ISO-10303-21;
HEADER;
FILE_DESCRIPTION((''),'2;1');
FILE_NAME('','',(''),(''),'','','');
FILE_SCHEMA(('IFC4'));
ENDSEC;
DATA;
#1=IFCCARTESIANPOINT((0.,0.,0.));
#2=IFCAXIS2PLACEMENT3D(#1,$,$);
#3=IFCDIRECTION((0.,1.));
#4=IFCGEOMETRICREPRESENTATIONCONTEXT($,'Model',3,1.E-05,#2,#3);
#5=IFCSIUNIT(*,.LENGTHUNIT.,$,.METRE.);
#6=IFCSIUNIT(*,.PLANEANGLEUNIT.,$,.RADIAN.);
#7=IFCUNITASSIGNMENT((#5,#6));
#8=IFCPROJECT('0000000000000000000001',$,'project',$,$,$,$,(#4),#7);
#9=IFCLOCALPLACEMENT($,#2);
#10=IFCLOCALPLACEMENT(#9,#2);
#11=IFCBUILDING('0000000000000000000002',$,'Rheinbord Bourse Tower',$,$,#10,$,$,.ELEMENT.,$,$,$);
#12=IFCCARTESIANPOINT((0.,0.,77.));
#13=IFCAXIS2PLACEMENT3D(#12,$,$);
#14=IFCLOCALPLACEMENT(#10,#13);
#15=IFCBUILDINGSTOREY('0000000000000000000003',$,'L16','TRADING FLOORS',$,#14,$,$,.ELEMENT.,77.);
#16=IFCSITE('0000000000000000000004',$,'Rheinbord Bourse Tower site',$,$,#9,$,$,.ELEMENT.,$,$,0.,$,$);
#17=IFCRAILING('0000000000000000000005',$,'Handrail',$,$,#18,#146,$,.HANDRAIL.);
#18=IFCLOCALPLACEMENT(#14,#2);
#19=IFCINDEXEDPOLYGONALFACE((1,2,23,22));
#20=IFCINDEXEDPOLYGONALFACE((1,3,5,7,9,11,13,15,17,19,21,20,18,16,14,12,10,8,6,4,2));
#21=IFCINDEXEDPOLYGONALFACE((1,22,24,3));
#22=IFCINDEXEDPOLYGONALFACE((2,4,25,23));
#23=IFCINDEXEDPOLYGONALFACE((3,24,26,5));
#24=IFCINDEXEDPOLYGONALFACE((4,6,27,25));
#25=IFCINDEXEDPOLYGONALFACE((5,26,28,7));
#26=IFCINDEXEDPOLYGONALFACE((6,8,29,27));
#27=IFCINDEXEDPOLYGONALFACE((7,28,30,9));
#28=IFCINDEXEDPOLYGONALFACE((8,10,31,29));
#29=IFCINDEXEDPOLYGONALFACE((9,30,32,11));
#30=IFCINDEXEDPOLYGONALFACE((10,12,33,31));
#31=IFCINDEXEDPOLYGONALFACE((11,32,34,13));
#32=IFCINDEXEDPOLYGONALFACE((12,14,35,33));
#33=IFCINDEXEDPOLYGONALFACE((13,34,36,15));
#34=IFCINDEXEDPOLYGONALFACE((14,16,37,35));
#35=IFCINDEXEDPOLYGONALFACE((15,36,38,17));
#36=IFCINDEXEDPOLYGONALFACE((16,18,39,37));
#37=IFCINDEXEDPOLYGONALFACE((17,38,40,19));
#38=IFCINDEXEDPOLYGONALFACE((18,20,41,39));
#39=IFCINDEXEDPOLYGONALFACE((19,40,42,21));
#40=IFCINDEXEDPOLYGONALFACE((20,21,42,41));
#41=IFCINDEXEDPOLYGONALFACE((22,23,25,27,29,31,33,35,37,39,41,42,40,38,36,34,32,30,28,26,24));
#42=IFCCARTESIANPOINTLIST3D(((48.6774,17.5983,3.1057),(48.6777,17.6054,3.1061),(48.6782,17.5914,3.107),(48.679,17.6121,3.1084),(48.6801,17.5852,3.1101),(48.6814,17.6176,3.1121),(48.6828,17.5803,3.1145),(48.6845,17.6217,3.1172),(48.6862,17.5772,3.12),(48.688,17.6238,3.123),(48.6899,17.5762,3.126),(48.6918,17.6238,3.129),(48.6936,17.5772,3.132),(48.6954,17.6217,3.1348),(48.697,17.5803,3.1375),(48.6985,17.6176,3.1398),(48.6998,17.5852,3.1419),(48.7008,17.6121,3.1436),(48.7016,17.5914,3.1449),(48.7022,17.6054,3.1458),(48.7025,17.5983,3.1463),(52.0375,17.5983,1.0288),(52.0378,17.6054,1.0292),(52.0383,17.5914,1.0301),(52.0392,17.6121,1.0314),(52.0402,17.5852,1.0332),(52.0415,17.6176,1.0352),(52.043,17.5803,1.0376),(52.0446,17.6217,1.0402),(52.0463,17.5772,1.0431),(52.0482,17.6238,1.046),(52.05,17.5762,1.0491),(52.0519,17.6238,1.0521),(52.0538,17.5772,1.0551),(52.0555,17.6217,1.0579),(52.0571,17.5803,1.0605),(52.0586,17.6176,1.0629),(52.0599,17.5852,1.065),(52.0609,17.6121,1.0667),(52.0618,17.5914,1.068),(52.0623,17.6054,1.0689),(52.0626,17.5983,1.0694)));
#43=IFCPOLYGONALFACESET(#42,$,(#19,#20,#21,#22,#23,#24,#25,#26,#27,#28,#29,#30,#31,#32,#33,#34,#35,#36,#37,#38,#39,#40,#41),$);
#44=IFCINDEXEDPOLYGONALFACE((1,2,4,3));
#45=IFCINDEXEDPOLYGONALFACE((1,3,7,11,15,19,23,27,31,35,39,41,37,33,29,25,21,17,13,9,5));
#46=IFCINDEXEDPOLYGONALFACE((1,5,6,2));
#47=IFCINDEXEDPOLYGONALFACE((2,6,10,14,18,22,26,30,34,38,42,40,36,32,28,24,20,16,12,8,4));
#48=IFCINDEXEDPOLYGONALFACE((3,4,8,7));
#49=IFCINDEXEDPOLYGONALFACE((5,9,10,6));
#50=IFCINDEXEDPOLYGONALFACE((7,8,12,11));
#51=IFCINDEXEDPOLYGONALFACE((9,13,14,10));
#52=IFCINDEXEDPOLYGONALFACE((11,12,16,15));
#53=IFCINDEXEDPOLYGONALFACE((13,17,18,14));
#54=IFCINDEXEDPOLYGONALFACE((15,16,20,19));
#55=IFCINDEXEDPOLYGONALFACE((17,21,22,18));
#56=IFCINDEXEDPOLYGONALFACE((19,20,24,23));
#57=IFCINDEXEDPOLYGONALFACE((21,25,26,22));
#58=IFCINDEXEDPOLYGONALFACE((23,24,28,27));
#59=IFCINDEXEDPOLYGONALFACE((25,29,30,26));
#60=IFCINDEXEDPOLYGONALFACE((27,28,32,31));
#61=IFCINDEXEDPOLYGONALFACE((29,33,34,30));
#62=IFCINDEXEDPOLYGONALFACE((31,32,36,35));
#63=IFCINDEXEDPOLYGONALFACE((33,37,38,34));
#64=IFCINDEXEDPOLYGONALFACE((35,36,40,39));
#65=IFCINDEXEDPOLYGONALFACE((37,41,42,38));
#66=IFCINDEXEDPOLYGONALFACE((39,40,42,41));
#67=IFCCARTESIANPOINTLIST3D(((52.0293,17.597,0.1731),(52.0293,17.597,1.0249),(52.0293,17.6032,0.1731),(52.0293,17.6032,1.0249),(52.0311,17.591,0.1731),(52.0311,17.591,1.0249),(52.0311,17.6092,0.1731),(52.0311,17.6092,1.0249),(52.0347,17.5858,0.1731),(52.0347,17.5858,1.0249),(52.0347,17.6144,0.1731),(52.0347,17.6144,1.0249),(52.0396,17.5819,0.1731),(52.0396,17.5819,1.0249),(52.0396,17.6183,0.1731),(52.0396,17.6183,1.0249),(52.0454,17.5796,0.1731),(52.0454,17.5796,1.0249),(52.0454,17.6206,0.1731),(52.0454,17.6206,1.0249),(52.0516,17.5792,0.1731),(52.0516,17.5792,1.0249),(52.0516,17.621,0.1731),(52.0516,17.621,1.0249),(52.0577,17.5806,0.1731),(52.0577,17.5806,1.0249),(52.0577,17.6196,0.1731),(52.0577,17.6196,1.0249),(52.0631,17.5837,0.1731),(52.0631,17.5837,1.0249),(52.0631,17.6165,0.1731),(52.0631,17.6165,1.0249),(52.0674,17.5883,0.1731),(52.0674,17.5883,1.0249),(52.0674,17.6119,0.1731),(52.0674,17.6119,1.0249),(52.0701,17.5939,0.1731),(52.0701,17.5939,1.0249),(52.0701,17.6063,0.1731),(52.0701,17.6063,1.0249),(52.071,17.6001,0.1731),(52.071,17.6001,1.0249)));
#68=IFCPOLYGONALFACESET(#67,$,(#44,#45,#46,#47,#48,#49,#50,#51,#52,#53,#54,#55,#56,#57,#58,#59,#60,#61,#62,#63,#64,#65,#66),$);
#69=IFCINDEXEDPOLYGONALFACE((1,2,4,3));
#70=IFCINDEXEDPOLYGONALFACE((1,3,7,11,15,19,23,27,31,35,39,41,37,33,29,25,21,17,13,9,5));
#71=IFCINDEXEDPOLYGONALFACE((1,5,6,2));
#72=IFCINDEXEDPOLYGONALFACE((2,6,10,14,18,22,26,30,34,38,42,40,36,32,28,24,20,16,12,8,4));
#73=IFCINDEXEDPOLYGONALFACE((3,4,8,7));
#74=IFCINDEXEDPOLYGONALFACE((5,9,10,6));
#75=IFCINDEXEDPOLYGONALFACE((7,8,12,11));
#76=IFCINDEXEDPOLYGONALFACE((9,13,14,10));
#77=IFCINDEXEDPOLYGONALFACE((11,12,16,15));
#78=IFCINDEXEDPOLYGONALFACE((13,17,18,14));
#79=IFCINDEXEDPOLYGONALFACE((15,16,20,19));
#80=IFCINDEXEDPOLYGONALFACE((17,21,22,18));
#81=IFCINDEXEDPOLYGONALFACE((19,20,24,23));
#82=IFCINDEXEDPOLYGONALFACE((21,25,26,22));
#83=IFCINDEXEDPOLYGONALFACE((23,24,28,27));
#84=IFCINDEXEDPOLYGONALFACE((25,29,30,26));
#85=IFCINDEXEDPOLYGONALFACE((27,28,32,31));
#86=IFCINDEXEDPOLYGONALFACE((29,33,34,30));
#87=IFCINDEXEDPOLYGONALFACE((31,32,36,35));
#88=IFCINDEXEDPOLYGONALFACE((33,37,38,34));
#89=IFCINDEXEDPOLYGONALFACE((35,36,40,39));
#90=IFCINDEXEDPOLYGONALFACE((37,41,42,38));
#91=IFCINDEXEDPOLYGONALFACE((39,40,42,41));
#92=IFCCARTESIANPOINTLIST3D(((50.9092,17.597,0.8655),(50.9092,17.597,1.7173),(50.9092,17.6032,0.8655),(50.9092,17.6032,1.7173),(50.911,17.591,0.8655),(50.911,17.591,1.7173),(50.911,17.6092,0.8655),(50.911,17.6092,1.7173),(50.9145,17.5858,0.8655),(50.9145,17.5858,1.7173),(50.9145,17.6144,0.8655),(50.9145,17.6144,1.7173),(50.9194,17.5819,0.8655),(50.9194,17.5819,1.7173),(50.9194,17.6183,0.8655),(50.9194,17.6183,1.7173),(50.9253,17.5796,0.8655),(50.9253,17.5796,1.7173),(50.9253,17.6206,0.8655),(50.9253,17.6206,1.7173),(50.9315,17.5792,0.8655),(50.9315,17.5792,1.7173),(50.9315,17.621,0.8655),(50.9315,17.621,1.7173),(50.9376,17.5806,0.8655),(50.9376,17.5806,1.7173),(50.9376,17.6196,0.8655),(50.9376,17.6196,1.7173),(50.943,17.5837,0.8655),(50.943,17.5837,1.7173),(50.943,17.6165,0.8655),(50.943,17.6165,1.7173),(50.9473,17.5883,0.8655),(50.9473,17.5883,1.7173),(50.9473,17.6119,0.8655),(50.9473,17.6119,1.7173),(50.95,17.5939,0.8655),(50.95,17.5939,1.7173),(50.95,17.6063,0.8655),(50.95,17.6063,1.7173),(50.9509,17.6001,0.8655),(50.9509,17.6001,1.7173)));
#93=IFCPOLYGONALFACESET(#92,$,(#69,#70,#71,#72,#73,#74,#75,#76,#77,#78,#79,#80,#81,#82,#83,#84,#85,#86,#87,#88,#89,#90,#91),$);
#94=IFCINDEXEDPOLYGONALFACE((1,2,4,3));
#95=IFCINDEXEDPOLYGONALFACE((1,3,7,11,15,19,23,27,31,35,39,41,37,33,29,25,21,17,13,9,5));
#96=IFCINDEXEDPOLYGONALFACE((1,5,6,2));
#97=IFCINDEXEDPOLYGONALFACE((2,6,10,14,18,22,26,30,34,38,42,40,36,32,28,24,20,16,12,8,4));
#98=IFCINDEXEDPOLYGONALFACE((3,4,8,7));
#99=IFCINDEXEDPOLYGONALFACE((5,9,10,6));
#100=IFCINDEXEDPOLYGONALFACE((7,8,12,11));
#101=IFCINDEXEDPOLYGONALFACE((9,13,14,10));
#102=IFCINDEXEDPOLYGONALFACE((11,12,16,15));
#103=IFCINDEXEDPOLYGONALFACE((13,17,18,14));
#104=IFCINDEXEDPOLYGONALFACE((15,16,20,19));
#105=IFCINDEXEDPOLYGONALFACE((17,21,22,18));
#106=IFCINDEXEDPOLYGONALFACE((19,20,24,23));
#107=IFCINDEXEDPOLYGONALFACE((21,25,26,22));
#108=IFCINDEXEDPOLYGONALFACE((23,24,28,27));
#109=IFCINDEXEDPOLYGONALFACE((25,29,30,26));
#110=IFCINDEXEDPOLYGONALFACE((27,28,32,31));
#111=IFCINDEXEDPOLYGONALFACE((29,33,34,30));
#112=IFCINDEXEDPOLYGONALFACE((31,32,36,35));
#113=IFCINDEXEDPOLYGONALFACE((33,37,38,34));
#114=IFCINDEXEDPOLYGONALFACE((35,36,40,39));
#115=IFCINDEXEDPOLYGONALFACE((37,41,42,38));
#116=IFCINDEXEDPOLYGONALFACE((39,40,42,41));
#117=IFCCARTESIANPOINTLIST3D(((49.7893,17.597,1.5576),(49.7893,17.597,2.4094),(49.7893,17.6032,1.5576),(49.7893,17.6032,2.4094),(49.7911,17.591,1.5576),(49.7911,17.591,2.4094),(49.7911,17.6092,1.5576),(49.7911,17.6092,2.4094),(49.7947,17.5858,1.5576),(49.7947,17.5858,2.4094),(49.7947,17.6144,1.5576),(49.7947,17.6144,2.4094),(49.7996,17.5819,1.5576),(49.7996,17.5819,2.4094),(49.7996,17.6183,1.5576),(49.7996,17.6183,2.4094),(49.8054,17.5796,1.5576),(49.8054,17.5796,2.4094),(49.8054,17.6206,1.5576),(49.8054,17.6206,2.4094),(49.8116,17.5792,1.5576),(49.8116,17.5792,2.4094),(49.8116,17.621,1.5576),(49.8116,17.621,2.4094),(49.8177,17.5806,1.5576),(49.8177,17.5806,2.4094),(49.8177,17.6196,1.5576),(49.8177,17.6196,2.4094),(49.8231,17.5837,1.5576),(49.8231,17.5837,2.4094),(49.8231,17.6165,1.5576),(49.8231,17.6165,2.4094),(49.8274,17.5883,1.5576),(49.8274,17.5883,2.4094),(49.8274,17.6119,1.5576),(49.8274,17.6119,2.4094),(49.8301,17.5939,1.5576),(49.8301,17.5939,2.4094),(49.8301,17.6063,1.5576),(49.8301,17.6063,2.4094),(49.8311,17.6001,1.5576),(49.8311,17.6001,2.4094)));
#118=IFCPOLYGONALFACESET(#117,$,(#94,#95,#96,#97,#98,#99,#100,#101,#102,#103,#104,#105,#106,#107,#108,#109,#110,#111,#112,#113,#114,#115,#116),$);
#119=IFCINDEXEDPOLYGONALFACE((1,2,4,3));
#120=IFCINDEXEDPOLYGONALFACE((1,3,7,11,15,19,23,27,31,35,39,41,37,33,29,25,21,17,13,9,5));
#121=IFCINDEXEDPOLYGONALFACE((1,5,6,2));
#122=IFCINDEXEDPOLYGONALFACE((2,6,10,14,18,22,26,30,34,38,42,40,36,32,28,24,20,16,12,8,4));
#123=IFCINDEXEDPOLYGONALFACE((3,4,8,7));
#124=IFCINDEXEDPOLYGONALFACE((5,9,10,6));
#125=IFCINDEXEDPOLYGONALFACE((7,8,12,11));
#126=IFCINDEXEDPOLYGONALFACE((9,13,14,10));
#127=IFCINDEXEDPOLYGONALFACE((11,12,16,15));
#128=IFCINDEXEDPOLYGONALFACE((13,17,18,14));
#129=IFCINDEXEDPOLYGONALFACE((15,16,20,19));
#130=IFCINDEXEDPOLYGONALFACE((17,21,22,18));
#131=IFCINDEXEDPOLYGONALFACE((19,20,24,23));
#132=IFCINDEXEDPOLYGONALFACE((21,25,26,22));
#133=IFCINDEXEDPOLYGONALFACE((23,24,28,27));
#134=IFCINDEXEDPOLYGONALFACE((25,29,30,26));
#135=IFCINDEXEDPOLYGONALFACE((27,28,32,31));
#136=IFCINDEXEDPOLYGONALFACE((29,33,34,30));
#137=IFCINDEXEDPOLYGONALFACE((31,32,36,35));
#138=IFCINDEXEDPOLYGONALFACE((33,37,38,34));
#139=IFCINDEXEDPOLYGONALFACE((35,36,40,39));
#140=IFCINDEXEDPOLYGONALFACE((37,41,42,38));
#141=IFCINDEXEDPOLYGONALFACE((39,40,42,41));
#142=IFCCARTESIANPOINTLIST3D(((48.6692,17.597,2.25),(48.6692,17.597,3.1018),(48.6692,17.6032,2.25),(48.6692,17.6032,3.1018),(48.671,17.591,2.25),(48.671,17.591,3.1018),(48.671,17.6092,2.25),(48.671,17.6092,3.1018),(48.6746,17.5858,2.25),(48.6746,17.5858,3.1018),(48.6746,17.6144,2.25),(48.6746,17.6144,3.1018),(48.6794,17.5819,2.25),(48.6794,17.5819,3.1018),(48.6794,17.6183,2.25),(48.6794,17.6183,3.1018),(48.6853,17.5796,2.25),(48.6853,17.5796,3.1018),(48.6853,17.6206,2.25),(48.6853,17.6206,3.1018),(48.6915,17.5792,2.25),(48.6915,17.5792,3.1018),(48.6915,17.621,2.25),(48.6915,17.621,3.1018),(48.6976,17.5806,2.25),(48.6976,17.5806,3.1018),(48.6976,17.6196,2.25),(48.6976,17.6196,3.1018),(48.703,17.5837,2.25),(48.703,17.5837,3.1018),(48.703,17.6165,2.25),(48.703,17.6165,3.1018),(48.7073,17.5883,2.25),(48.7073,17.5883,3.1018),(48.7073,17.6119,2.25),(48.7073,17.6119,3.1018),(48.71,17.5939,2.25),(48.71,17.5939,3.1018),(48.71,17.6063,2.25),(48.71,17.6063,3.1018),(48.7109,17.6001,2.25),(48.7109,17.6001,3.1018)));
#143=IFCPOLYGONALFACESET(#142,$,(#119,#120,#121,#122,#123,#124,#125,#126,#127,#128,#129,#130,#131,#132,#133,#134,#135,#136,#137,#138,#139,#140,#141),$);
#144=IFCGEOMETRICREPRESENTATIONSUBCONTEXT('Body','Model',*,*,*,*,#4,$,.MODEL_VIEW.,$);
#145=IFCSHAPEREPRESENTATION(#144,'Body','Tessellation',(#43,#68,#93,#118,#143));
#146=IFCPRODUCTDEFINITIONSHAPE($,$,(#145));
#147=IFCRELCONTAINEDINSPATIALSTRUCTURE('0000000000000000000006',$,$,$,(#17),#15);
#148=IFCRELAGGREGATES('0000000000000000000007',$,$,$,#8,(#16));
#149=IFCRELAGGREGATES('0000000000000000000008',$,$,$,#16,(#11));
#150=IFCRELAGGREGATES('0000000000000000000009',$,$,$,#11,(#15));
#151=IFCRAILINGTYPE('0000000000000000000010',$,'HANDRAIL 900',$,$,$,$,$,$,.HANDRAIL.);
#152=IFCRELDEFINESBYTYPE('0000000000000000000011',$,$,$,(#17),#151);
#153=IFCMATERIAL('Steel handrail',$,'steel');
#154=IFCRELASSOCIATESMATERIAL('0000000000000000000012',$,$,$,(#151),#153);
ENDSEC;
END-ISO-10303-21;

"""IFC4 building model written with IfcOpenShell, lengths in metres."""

from ifc_helpers import new_model, si_unit, direction, frame, origin, origin_2d, place, context, subcontext, project, spatial, circle, extrude, material, type_object, element, save


model = new_model("IFC4")

# Units and contexts
model_context = context("Model", 3, precision=1e-05, world=origin(), true_north=direction((0.0, 1.0)))
body_context = subcontext(model_context, "Body", "Model", "MODEL_VIEW")
ifc_project = project(units=[si_unit("LENGTHUNIT", "METRE"), si_unit("PLANEANGLEUNIT", "RADIAN")], contexts=[model_context])

# Site, building, storey
site_placement = place(None, origin())
site = spatial("IfcSite", under=ifc_project, at=site_placement, Name="Rheinbord Bourse Tower site", CompositionType="ELEMENT", RefElevation=0.0)
building_placement = place(site_placement, origin())
building = spatial("IfcBuilding", under=site, at=building_placement, Name="Rheinbord Bourse Tower", CompositionType="ELEMENT")
storey_placement = place(building_placement, frame((0.0, 0.0, 77.0)))
storey = spatial("IfcBuildingStorey", under=building, at=storey_placement, Name="L16", Description="TRADING FLOORS", CompositionType="ELEMENT", Elevation=77.0)

# Railing
ifc_material_1 = material(Name="Steel handrail", Category="steel")
railing_type = type_object("IfcRailingType", Name="HANDRAIL 900", PredefinedType="HANDRAIL", material=ifc_material_1)
railing_1_placement = place(storey_placement, frame((52.05, 17.6001, 0.1731)))
element("IfcRailing", 1, at=railing_1_placement, inside=storey, type_object=railing_type, Name="Handrail", PredefinedType="HANDRAIL", context=body_context, shape_type="SweptSolid", body=[
    extrude(circle(Radius=0.0239, at=origin_2d()), frame((0.0, 0.0, 0.876), z_axis=(-0.850623, 0.0, 0.525776), x_axis=(0.0, -1.0, 0.0)), (0.0, 0.0, 1.0), 3.9502),
    extrude(circle(Radius=0.021, at=origin_2d()), origin(), (0.0, 0.0, 1.0), 0.8518),
    extrude(circle(Radius=0.021, at=origin_2d()), frame((-1.1201, 0.0, 0.6924)), (0.0, 0.0, 1.0), 0.8518),
    extrude(circle(Radius=0.021, at=origin_2d()), frame((-2.24, 0.0, 1.3845)), (0.0, 0.0, 1.0), 0.8518),
    extrude(circle(Radius=0.021, at=origin_2d()), frame((-3.3601, 0.0, 2.0769)), (0.0, 0.0, 1.0), 0.8518),
])

save(model, "model.ifc")
